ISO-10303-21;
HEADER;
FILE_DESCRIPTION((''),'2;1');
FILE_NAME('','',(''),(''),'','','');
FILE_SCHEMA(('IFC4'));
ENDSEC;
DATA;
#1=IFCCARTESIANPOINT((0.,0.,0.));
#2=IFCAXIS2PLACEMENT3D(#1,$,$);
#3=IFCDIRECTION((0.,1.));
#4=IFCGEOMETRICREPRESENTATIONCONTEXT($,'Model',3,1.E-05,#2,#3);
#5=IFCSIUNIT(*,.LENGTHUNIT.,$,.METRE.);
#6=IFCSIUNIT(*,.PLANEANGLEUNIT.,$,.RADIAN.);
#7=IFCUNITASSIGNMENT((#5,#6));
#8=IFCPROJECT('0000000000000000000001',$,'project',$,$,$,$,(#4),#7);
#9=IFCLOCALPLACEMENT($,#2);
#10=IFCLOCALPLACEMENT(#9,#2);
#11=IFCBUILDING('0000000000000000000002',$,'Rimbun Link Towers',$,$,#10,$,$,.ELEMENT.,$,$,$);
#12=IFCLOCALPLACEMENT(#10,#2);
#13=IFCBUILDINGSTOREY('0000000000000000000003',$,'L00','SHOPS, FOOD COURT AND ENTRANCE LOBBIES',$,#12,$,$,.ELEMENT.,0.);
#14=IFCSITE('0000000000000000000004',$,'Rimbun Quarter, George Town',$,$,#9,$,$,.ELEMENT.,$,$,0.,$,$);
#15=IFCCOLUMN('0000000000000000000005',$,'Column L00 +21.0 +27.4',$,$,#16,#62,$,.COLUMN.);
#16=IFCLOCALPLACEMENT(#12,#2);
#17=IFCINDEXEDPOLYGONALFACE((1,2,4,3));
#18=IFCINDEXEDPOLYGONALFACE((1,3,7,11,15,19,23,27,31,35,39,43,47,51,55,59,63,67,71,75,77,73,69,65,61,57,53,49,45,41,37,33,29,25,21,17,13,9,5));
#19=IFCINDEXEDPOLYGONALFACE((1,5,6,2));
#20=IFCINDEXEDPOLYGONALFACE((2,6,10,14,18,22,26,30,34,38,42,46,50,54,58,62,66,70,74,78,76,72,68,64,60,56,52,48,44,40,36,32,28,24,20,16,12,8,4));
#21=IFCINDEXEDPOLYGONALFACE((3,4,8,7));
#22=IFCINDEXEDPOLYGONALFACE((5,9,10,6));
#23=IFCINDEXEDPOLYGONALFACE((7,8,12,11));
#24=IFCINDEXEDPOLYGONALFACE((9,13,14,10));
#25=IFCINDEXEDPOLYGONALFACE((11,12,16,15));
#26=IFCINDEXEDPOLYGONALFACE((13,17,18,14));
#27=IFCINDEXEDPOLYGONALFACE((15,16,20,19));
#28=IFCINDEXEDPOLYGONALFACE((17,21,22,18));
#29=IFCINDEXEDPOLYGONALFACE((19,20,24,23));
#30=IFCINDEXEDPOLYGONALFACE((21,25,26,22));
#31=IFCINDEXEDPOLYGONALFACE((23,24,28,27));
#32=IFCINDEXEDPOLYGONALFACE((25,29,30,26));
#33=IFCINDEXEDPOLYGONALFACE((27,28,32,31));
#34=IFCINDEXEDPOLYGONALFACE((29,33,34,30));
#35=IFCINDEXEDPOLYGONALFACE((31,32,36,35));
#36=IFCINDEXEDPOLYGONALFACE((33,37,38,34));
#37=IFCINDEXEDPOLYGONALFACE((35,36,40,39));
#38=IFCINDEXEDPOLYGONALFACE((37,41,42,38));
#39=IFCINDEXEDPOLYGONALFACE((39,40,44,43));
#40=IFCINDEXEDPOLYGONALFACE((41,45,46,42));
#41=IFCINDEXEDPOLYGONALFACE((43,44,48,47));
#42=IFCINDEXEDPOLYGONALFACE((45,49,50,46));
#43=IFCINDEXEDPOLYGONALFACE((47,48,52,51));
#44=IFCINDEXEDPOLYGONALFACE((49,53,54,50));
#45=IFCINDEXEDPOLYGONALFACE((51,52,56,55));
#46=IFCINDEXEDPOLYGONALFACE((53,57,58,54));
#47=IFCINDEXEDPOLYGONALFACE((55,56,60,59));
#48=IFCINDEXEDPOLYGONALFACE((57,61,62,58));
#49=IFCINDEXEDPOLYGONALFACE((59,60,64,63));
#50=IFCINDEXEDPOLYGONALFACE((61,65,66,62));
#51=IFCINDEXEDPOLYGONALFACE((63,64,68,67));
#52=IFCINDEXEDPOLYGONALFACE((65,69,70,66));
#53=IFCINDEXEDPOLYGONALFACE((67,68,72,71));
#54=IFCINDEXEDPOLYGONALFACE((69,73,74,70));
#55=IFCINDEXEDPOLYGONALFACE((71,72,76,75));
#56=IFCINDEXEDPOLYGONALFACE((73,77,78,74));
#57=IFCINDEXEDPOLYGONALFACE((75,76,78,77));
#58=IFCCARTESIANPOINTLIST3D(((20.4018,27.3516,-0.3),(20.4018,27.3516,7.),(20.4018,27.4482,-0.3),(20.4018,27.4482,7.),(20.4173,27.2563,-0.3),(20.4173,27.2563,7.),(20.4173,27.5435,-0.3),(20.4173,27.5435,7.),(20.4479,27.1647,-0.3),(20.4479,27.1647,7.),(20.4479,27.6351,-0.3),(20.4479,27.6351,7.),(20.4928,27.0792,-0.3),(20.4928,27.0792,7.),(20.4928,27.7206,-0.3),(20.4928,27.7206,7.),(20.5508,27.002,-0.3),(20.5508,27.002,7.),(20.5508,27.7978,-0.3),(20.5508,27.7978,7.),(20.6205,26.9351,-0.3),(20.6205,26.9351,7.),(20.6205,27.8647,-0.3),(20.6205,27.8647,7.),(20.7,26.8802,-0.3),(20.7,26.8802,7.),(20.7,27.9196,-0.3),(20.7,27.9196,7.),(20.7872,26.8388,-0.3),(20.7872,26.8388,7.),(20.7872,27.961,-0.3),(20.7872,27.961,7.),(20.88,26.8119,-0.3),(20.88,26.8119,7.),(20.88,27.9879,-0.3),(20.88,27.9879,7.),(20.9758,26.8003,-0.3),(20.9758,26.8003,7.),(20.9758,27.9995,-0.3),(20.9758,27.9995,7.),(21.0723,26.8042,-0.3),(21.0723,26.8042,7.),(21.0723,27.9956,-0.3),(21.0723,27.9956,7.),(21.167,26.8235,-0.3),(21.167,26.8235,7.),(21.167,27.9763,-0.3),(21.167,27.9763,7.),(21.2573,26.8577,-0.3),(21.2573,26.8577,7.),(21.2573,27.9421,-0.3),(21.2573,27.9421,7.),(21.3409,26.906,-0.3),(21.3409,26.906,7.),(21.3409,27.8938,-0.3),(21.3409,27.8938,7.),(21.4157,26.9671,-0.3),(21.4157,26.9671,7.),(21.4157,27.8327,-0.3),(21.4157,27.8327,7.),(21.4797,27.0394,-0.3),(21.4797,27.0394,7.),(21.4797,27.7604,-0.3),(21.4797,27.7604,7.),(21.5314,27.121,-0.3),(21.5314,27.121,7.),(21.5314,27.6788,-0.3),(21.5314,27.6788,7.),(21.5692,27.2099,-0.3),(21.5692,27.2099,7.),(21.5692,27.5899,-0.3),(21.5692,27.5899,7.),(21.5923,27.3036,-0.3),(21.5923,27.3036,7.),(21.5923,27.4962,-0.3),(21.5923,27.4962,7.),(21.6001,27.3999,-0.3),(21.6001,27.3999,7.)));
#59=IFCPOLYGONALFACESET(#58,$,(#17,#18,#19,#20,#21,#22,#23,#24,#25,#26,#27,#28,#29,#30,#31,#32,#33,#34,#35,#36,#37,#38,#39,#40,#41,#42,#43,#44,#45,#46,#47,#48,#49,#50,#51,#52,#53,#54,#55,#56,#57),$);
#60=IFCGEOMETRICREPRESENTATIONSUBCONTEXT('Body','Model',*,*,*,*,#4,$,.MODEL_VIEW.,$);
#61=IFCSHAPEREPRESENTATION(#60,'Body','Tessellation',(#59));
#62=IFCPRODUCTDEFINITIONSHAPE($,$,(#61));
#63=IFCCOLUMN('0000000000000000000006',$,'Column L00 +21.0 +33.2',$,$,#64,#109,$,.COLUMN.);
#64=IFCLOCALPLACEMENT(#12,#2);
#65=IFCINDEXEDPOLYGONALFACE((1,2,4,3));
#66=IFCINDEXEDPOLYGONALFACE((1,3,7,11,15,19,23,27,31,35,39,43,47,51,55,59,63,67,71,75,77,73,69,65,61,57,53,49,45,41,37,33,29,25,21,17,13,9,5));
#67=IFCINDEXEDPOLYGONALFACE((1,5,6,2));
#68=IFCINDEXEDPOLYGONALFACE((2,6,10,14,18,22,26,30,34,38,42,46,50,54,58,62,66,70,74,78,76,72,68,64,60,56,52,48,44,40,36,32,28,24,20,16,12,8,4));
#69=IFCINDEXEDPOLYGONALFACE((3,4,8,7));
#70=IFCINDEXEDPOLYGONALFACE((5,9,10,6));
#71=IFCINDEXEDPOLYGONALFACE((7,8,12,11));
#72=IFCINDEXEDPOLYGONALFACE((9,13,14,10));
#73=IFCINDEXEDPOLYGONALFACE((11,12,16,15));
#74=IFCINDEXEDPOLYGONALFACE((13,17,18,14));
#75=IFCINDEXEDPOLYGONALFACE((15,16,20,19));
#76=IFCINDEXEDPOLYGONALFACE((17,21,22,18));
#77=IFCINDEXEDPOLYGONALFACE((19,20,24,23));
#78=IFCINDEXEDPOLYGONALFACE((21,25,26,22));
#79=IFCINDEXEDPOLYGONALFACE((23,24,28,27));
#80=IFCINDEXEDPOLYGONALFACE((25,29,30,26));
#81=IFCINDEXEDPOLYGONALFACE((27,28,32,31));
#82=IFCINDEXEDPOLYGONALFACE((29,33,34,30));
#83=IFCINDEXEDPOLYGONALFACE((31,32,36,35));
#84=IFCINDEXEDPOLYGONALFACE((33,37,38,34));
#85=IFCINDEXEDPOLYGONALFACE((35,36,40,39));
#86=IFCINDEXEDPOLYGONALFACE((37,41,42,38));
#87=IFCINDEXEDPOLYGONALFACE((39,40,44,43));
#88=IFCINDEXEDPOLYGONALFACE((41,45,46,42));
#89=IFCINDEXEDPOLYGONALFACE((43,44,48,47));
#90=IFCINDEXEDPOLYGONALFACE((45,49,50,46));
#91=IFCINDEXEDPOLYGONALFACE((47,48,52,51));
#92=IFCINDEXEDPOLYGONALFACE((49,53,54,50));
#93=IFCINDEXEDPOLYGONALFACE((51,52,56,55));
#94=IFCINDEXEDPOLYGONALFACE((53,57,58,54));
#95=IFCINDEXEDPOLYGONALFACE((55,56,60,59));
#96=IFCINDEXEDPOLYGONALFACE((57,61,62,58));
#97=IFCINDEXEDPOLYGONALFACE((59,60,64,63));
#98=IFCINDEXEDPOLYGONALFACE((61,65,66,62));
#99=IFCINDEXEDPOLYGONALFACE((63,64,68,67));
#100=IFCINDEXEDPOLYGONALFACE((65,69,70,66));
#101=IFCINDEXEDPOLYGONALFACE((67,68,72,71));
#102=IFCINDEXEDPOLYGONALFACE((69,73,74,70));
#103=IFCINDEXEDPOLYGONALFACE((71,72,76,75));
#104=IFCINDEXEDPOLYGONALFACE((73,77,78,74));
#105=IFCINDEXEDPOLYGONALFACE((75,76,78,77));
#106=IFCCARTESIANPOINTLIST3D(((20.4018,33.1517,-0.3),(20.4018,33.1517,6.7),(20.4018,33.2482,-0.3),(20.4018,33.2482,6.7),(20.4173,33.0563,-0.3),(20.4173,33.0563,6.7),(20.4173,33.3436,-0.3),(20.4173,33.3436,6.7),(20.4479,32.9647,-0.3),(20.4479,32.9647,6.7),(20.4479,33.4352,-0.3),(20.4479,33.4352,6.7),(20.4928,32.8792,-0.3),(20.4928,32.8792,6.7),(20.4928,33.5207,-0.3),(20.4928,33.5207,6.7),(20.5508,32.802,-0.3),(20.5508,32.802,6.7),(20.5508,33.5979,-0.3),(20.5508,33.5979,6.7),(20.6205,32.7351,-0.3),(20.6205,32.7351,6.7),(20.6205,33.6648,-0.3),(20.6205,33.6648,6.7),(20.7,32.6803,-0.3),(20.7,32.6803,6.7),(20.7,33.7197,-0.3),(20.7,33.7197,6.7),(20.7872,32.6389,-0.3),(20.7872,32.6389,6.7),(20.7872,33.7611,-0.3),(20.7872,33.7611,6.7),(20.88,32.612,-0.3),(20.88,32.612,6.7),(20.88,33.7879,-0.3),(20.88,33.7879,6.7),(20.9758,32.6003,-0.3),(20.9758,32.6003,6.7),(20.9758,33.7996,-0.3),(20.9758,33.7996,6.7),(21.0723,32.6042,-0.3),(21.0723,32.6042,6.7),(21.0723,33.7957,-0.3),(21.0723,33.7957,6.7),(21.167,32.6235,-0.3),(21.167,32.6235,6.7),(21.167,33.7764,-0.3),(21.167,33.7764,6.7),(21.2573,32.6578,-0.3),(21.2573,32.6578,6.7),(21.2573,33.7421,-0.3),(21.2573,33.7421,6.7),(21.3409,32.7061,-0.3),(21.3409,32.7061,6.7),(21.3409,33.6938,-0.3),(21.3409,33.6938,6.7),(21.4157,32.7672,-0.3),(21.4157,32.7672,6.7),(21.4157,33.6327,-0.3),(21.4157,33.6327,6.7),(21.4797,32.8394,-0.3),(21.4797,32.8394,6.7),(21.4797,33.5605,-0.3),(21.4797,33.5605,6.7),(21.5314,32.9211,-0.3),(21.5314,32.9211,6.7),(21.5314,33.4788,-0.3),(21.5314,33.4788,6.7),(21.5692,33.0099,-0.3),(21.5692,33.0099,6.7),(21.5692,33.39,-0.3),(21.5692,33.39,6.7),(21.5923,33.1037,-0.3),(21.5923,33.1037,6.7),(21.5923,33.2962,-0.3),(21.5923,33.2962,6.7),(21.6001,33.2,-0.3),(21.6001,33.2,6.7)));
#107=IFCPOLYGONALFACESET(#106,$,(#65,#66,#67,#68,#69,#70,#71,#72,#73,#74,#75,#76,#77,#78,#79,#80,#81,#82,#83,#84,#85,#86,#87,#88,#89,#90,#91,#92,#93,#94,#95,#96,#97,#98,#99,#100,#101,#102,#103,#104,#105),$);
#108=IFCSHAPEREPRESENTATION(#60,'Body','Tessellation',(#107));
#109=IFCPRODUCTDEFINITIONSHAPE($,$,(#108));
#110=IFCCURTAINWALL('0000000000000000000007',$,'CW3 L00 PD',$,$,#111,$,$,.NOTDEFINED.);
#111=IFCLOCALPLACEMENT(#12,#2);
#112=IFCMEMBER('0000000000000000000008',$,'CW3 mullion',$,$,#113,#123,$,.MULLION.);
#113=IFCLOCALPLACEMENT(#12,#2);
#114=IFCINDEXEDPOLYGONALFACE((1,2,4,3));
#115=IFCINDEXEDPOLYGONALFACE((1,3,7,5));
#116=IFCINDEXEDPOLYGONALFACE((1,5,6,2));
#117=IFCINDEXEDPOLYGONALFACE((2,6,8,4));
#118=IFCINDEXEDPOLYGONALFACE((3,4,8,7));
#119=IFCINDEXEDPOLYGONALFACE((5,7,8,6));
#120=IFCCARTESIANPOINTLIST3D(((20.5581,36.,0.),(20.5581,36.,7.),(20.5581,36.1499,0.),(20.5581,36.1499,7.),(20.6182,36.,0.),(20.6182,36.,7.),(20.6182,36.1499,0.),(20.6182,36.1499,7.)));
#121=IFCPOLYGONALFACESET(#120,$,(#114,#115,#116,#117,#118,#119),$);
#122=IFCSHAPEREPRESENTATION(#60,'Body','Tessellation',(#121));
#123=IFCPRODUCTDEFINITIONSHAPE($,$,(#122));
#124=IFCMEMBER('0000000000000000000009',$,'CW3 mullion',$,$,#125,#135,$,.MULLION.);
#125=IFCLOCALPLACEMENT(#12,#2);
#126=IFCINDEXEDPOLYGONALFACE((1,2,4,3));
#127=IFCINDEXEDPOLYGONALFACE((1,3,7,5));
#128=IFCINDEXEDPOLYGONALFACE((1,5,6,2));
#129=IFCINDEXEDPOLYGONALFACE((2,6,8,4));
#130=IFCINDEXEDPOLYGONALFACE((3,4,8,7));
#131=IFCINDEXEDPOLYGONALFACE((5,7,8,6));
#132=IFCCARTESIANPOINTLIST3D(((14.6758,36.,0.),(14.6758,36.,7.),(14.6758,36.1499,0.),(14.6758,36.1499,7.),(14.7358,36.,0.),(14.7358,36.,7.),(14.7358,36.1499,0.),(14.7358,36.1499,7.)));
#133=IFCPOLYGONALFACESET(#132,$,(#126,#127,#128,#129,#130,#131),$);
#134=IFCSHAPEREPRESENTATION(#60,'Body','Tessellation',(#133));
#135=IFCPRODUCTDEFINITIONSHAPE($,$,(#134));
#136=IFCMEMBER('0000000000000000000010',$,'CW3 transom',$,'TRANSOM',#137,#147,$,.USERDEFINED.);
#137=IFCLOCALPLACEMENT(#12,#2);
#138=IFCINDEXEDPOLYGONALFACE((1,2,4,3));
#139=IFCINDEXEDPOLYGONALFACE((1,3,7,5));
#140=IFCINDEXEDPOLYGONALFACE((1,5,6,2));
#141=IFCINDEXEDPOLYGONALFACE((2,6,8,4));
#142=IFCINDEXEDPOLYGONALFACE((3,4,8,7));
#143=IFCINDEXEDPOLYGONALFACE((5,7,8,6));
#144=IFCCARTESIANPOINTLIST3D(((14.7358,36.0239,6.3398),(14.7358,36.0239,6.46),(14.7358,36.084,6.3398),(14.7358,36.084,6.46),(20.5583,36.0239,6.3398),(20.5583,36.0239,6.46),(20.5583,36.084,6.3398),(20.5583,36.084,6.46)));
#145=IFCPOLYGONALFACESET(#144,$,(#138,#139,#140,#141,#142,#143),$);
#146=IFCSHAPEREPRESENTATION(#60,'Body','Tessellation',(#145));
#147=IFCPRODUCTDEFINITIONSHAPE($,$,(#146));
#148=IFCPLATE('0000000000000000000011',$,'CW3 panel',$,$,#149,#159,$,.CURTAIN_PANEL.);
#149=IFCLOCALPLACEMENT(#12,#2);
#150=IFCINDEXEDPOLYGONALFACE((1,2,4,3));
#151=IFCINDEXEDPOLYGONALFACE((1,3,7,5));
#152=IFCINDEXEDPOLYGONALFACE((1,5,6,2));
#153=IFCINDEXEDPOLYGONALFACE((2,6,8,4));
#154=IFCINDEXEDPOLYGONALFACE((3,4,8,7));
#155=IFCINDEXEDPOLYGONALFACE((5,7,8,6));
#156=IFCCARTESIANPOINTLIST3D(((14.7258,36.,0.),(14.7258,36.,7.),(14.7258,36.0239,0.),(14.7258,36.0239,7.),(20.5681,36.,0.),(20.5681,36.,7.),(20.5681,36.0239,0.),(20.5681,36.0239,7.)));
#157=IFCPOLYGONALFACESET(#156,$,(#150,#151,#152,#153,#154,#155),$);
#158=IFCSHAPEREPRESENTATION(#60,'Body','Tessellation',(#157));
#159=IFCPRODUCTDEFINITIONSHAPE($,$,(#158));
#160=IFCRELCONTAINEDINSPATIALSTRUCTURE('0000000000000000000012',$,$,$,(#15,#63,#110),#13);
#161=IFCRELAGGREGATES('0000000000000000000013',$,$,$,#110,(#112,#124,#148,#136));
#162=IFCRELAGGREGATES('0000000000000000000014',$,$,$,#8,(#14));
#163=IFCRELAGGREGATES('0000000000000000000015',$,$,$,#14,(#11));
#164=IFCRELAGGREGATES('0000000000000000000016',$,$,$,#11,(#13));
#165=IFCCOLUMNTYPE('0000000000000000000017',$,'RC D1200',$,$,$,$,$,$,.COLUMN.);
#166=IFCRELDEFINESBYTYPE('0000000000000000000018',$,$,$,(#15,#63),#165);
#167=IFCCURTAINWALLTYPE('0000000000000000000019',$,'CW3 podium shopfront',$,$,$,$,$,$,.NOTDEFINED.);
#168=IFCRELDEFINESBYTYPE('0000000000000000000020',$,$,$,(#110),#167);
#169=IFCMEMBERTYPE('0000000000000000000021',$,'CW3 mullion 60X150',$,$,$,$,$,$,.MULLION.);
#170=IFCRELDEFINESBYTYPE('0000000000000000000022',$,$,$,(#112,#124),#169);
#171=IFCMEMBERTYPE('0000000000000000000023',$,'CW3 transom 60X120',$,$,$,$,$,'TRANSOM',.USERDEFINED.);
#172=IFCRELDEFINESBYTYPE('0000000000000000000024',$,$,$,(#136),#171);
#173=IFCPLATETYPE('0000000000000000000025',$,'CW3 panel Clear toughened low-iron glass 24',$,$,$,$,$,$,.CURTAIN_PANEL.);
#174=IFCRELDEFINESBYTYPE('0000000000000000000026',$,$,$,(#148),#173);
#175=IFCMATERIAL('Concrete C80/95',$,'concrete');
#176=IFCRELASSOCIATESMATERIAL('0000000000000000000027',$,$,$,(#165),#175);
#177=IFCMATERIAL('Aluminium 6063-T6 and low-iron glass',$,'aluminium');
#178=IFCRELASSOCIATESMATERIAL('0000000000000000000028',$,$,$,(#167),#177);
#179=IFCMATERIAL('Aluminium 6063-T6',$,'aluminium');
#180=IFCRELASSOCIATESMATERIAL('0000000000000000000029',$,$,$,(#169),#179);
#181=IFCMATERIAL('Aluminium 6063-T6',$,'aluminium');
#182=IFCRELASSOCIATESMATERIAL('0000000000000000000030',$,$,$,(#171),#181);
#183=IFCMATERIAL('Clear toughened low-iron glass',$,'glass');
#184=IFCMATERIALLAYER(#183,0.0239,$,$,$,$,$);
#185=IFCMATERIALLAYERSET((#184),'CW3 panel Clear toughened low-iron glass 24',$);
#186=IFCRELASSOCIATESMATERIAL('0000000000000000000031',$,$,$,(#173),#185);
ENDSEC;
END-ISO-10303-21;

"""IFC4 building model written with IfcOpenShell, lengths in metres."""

from ifc_helpers import new_model, si_unit, direction, frame, origin, origin_2d, place, context, subcontext, project, spatial, rectangle, circle, extrude, material, layer, layer_set, material_profile, profile_set, type_object, element, aggregate, save


model = new_model("IFC4")

# Units and contexts
model_context = context("Model", 3, precision=1e-05, world=origin(), true_north=direction((0.0, 1.0)))
body_context = subcontext(model_context, "Body", "Model", "MODEL_VIEW")
ifc_project = project(units=[si_unit("LENGTHUNIT", "METRE"), si_unit("PLANEANGLEUNIT", "RADIAN")], contexts=[model_context])

# Site, building, storey
site_placement = place(None, origin())
site = spatial("IfcSite", under=ifc_project, at=site_placement, Name="Rimbun Quarter, George Town", CompositionType="ELEMENT", RefElevation=0.0)
building_placement = place(site_placement, origin())
building = spatial("IfcBuilding", under=site, at=building_placement, Name="Rimbun Link Towers", CompositionType="ELEMENT")
storey_placement = place(building_placement, origin())
storey = spatial("IfcBuildingStorey", under=building, at=storey_placement, Name="L00", Description="SHOPS, FOOD COURT AND ENTRANCE LOBBIES", CompositionType="ELEMENT", Elevation=0.0)

# Columns
ifc_material_1 = material(Name="Concrete C80/95", Category="concrete")
ifc_material_profile_1 = material_profile(ifc_material_1, circle(Radius=0.6001, at=origin_2d()), Name="RC D1200")
ifc_profile_set_1 = profile_set([ifc_material_profile_1], Name="Concrete C80/95")
column_type = type_object("IfcColumnType", Name="RC D1200", PredefinedType="COLUMN", material=ifc_profile_set_1)
column_1_placement = place(storey_placement, frame((21.0, 27.3999, -0.3), z_axis=(0.0, 0.0, 1.0), x_axis=(1.0, 0.0, 0.0)))
element("IfcColumn", 1, at=column_1_placement, inside=storey, type_object=column_type, Name="Column L00 +21.0 +27.4", PredefinedType="COLUMN", context=body_context, shape_type="SweptSolid", body=[
    extrude(circle(Radius=0.6001, at=origin_2d()), origin(), (0.0, 0.0, 1.0), 7.3),
])
column_2_placement = place(storey_placement, frame((21.0, 33.2, -0.3), z_axis=(0.0, 0.0, 1.0), x_axis=(1.0, 0.0, 0.0)))
element("IfcColumn", 2, at=column_2_placement, inside=storey, type_object=column_type, Name="Column L00 +21.0 +33.2", PredefinedType="COLUMN", context=body_context, shape_type="SweptSolid", body=[
    extrude(circle(Radius=0.6001, at=origin_2d()), origin(), (0.0, 0.0, 1.0), 7.0),
])

# Curtain wall, members, plate
ifc_material_2 = material(Name="Aluminium 6063-T6 and low-iron glass", Category="aluminium")
curtain_wall_type = type_object("IfcCurtainWallType", Name="CW3 podium shopfront", PredefinedType="NOTDEFINED", material=ifc_material_2)
curtain_wall_placement = place(storey_placement, origin())
curtain_wall = element("IfcCurtainWall", 3, at=curtain_wall_placement, inside=storey, type_object=curtain_wall_type, Name="CW3 L00 PD", PredefinedType="NOTDEFINED")
ifc_material_3 = material(Name="Aluminium 6063-T6", Category="aluminium")
ifc_material_profile_2 = material_profile(ifc_material_3, rectangle(XDim=0.1499, YDim=0.0601, at=origin_2d()), Name="MULLION 60X150")
ifc_profile_set_2 = profile_set([ifc_material_profile_2], Name="Aluminium 6063-T6")
member_type_1 = type_object("IfcMemberType", Name="CW3 mullion 60X150", PredefinedType="MULLION", material=ifc_profile_set_2)
member_1_placement = place(storey_placement, frame((20.5881, 36.075, 0.0), z_axis=(0.0, 0.0, 1.0), x_axis=(0.0, 1.0, 0.0)))
member_1 = element("IfcMember", 4, at=member_1_placement, type_object=member_type_1, Name="CW3 mullion", PredefinedType="MULLION", context=body_context, shape_type="SweptSolid", body=[
    extrude(rectangle(XDim=0.1499, YDim=0.0601, at=origin_2d()), origin(), (0.0, 0.0, 1.0), 7.0),
])
member_2_placement = place(storey_placement, frame((14.7058, 36.075, 0.0), z_axis=(0.0, 0.0, 1.0), x_axis=(0.0, 1.0, 0.0)))
member_2 = element("IfcMember", 5, at=member_2_placement, type_object=member_type_1, Name="CW3 mullion", PredefinedType="MULLION", context=body_context, shape_type="SweptSolid", body=[
    extrude(rectangle(XDim=0.1499, YDim=0.0601, at=origin_2d()), origin(), (0.0, 0.0, 1.0), 7.0),
])
ifc_material_4 = material(Name="Aluminium 6063-T6", Category="aluminium")
ifc_material_profile_3 = material_profile(ifc_material_4, rectangle(XDim=0.0601, YDim=0.1201, at=origin_2d()), Name="TRANSOM 60X120")
ifc_profile_set_3 = profile_set([ifc_material_profile_3], Name="Aluminium 6063-T6")
member_type_2 = type_object("IfcMemberType", Name="CW3 transom 60X120", ElementType="TRANSOM", PredefinedType="USERDEFINED", material=ifc_profile_set_3)
member_3_placement = place(storey_placement, frame((14.7358, 36.054, 6.3999), z_axis=(1.0, 0.0, 0.0), x_axis=(0.0, 1.0, 0.0)))
member_3 = element("IfcMember", 6, at=member_3_placement, type_object=member_type_2, Name="CW3 transom", ObjectType="TRANSOM", PredefinedType="USERDEFINED", context=body_context, shape_type="SweptSolid", body=[
    extrude(rectangle(XDim=0.0601, YDim=0.1201, at=origin_2d()), origin(), (0.0, 0.0, 1.0), 5.8225),
])
ifc_material_5 = material(Name="Clear toughened low-iron glass", Category="glass")
ifc_layer_1 = layer(ifc_material_5, 0.0239)
ifc_layer_set_1 = layer_set([ifc_layer_1], Name="CW3 panel Clear toughened low-iron glass 24")
plate_type = type_object("IfcPlateType", Name="CW3 panel Clear toughened low-iron glass 24", PredefinedType="CURTAIN_PANEL", material=ifc_layer_set_1)
plate_placement = place(storey_placement, frame((17.647, 36.012, 0.0), z_axis=(0.0, 0.0, 1.0), x_axis=(1.0, 0.0, 0.0)))
plate = element("IfcPlate", 7, at=plate_placement, type_object=plate_type, Name="CW3 panel", PredefinedType="CURTAIN_PANEL", context=body_context, shape_type="SweptSolid", body=[
    extrude(rectangle(XDim=5.8423, YDim=0.0239, at=origin_2d()), origin(), (0.0, 0.0, 1.0), 7.0),
])
aggregate(curtain_wall, [member_1, member_2, plate, member_3])

save(model, "model.ifc")
